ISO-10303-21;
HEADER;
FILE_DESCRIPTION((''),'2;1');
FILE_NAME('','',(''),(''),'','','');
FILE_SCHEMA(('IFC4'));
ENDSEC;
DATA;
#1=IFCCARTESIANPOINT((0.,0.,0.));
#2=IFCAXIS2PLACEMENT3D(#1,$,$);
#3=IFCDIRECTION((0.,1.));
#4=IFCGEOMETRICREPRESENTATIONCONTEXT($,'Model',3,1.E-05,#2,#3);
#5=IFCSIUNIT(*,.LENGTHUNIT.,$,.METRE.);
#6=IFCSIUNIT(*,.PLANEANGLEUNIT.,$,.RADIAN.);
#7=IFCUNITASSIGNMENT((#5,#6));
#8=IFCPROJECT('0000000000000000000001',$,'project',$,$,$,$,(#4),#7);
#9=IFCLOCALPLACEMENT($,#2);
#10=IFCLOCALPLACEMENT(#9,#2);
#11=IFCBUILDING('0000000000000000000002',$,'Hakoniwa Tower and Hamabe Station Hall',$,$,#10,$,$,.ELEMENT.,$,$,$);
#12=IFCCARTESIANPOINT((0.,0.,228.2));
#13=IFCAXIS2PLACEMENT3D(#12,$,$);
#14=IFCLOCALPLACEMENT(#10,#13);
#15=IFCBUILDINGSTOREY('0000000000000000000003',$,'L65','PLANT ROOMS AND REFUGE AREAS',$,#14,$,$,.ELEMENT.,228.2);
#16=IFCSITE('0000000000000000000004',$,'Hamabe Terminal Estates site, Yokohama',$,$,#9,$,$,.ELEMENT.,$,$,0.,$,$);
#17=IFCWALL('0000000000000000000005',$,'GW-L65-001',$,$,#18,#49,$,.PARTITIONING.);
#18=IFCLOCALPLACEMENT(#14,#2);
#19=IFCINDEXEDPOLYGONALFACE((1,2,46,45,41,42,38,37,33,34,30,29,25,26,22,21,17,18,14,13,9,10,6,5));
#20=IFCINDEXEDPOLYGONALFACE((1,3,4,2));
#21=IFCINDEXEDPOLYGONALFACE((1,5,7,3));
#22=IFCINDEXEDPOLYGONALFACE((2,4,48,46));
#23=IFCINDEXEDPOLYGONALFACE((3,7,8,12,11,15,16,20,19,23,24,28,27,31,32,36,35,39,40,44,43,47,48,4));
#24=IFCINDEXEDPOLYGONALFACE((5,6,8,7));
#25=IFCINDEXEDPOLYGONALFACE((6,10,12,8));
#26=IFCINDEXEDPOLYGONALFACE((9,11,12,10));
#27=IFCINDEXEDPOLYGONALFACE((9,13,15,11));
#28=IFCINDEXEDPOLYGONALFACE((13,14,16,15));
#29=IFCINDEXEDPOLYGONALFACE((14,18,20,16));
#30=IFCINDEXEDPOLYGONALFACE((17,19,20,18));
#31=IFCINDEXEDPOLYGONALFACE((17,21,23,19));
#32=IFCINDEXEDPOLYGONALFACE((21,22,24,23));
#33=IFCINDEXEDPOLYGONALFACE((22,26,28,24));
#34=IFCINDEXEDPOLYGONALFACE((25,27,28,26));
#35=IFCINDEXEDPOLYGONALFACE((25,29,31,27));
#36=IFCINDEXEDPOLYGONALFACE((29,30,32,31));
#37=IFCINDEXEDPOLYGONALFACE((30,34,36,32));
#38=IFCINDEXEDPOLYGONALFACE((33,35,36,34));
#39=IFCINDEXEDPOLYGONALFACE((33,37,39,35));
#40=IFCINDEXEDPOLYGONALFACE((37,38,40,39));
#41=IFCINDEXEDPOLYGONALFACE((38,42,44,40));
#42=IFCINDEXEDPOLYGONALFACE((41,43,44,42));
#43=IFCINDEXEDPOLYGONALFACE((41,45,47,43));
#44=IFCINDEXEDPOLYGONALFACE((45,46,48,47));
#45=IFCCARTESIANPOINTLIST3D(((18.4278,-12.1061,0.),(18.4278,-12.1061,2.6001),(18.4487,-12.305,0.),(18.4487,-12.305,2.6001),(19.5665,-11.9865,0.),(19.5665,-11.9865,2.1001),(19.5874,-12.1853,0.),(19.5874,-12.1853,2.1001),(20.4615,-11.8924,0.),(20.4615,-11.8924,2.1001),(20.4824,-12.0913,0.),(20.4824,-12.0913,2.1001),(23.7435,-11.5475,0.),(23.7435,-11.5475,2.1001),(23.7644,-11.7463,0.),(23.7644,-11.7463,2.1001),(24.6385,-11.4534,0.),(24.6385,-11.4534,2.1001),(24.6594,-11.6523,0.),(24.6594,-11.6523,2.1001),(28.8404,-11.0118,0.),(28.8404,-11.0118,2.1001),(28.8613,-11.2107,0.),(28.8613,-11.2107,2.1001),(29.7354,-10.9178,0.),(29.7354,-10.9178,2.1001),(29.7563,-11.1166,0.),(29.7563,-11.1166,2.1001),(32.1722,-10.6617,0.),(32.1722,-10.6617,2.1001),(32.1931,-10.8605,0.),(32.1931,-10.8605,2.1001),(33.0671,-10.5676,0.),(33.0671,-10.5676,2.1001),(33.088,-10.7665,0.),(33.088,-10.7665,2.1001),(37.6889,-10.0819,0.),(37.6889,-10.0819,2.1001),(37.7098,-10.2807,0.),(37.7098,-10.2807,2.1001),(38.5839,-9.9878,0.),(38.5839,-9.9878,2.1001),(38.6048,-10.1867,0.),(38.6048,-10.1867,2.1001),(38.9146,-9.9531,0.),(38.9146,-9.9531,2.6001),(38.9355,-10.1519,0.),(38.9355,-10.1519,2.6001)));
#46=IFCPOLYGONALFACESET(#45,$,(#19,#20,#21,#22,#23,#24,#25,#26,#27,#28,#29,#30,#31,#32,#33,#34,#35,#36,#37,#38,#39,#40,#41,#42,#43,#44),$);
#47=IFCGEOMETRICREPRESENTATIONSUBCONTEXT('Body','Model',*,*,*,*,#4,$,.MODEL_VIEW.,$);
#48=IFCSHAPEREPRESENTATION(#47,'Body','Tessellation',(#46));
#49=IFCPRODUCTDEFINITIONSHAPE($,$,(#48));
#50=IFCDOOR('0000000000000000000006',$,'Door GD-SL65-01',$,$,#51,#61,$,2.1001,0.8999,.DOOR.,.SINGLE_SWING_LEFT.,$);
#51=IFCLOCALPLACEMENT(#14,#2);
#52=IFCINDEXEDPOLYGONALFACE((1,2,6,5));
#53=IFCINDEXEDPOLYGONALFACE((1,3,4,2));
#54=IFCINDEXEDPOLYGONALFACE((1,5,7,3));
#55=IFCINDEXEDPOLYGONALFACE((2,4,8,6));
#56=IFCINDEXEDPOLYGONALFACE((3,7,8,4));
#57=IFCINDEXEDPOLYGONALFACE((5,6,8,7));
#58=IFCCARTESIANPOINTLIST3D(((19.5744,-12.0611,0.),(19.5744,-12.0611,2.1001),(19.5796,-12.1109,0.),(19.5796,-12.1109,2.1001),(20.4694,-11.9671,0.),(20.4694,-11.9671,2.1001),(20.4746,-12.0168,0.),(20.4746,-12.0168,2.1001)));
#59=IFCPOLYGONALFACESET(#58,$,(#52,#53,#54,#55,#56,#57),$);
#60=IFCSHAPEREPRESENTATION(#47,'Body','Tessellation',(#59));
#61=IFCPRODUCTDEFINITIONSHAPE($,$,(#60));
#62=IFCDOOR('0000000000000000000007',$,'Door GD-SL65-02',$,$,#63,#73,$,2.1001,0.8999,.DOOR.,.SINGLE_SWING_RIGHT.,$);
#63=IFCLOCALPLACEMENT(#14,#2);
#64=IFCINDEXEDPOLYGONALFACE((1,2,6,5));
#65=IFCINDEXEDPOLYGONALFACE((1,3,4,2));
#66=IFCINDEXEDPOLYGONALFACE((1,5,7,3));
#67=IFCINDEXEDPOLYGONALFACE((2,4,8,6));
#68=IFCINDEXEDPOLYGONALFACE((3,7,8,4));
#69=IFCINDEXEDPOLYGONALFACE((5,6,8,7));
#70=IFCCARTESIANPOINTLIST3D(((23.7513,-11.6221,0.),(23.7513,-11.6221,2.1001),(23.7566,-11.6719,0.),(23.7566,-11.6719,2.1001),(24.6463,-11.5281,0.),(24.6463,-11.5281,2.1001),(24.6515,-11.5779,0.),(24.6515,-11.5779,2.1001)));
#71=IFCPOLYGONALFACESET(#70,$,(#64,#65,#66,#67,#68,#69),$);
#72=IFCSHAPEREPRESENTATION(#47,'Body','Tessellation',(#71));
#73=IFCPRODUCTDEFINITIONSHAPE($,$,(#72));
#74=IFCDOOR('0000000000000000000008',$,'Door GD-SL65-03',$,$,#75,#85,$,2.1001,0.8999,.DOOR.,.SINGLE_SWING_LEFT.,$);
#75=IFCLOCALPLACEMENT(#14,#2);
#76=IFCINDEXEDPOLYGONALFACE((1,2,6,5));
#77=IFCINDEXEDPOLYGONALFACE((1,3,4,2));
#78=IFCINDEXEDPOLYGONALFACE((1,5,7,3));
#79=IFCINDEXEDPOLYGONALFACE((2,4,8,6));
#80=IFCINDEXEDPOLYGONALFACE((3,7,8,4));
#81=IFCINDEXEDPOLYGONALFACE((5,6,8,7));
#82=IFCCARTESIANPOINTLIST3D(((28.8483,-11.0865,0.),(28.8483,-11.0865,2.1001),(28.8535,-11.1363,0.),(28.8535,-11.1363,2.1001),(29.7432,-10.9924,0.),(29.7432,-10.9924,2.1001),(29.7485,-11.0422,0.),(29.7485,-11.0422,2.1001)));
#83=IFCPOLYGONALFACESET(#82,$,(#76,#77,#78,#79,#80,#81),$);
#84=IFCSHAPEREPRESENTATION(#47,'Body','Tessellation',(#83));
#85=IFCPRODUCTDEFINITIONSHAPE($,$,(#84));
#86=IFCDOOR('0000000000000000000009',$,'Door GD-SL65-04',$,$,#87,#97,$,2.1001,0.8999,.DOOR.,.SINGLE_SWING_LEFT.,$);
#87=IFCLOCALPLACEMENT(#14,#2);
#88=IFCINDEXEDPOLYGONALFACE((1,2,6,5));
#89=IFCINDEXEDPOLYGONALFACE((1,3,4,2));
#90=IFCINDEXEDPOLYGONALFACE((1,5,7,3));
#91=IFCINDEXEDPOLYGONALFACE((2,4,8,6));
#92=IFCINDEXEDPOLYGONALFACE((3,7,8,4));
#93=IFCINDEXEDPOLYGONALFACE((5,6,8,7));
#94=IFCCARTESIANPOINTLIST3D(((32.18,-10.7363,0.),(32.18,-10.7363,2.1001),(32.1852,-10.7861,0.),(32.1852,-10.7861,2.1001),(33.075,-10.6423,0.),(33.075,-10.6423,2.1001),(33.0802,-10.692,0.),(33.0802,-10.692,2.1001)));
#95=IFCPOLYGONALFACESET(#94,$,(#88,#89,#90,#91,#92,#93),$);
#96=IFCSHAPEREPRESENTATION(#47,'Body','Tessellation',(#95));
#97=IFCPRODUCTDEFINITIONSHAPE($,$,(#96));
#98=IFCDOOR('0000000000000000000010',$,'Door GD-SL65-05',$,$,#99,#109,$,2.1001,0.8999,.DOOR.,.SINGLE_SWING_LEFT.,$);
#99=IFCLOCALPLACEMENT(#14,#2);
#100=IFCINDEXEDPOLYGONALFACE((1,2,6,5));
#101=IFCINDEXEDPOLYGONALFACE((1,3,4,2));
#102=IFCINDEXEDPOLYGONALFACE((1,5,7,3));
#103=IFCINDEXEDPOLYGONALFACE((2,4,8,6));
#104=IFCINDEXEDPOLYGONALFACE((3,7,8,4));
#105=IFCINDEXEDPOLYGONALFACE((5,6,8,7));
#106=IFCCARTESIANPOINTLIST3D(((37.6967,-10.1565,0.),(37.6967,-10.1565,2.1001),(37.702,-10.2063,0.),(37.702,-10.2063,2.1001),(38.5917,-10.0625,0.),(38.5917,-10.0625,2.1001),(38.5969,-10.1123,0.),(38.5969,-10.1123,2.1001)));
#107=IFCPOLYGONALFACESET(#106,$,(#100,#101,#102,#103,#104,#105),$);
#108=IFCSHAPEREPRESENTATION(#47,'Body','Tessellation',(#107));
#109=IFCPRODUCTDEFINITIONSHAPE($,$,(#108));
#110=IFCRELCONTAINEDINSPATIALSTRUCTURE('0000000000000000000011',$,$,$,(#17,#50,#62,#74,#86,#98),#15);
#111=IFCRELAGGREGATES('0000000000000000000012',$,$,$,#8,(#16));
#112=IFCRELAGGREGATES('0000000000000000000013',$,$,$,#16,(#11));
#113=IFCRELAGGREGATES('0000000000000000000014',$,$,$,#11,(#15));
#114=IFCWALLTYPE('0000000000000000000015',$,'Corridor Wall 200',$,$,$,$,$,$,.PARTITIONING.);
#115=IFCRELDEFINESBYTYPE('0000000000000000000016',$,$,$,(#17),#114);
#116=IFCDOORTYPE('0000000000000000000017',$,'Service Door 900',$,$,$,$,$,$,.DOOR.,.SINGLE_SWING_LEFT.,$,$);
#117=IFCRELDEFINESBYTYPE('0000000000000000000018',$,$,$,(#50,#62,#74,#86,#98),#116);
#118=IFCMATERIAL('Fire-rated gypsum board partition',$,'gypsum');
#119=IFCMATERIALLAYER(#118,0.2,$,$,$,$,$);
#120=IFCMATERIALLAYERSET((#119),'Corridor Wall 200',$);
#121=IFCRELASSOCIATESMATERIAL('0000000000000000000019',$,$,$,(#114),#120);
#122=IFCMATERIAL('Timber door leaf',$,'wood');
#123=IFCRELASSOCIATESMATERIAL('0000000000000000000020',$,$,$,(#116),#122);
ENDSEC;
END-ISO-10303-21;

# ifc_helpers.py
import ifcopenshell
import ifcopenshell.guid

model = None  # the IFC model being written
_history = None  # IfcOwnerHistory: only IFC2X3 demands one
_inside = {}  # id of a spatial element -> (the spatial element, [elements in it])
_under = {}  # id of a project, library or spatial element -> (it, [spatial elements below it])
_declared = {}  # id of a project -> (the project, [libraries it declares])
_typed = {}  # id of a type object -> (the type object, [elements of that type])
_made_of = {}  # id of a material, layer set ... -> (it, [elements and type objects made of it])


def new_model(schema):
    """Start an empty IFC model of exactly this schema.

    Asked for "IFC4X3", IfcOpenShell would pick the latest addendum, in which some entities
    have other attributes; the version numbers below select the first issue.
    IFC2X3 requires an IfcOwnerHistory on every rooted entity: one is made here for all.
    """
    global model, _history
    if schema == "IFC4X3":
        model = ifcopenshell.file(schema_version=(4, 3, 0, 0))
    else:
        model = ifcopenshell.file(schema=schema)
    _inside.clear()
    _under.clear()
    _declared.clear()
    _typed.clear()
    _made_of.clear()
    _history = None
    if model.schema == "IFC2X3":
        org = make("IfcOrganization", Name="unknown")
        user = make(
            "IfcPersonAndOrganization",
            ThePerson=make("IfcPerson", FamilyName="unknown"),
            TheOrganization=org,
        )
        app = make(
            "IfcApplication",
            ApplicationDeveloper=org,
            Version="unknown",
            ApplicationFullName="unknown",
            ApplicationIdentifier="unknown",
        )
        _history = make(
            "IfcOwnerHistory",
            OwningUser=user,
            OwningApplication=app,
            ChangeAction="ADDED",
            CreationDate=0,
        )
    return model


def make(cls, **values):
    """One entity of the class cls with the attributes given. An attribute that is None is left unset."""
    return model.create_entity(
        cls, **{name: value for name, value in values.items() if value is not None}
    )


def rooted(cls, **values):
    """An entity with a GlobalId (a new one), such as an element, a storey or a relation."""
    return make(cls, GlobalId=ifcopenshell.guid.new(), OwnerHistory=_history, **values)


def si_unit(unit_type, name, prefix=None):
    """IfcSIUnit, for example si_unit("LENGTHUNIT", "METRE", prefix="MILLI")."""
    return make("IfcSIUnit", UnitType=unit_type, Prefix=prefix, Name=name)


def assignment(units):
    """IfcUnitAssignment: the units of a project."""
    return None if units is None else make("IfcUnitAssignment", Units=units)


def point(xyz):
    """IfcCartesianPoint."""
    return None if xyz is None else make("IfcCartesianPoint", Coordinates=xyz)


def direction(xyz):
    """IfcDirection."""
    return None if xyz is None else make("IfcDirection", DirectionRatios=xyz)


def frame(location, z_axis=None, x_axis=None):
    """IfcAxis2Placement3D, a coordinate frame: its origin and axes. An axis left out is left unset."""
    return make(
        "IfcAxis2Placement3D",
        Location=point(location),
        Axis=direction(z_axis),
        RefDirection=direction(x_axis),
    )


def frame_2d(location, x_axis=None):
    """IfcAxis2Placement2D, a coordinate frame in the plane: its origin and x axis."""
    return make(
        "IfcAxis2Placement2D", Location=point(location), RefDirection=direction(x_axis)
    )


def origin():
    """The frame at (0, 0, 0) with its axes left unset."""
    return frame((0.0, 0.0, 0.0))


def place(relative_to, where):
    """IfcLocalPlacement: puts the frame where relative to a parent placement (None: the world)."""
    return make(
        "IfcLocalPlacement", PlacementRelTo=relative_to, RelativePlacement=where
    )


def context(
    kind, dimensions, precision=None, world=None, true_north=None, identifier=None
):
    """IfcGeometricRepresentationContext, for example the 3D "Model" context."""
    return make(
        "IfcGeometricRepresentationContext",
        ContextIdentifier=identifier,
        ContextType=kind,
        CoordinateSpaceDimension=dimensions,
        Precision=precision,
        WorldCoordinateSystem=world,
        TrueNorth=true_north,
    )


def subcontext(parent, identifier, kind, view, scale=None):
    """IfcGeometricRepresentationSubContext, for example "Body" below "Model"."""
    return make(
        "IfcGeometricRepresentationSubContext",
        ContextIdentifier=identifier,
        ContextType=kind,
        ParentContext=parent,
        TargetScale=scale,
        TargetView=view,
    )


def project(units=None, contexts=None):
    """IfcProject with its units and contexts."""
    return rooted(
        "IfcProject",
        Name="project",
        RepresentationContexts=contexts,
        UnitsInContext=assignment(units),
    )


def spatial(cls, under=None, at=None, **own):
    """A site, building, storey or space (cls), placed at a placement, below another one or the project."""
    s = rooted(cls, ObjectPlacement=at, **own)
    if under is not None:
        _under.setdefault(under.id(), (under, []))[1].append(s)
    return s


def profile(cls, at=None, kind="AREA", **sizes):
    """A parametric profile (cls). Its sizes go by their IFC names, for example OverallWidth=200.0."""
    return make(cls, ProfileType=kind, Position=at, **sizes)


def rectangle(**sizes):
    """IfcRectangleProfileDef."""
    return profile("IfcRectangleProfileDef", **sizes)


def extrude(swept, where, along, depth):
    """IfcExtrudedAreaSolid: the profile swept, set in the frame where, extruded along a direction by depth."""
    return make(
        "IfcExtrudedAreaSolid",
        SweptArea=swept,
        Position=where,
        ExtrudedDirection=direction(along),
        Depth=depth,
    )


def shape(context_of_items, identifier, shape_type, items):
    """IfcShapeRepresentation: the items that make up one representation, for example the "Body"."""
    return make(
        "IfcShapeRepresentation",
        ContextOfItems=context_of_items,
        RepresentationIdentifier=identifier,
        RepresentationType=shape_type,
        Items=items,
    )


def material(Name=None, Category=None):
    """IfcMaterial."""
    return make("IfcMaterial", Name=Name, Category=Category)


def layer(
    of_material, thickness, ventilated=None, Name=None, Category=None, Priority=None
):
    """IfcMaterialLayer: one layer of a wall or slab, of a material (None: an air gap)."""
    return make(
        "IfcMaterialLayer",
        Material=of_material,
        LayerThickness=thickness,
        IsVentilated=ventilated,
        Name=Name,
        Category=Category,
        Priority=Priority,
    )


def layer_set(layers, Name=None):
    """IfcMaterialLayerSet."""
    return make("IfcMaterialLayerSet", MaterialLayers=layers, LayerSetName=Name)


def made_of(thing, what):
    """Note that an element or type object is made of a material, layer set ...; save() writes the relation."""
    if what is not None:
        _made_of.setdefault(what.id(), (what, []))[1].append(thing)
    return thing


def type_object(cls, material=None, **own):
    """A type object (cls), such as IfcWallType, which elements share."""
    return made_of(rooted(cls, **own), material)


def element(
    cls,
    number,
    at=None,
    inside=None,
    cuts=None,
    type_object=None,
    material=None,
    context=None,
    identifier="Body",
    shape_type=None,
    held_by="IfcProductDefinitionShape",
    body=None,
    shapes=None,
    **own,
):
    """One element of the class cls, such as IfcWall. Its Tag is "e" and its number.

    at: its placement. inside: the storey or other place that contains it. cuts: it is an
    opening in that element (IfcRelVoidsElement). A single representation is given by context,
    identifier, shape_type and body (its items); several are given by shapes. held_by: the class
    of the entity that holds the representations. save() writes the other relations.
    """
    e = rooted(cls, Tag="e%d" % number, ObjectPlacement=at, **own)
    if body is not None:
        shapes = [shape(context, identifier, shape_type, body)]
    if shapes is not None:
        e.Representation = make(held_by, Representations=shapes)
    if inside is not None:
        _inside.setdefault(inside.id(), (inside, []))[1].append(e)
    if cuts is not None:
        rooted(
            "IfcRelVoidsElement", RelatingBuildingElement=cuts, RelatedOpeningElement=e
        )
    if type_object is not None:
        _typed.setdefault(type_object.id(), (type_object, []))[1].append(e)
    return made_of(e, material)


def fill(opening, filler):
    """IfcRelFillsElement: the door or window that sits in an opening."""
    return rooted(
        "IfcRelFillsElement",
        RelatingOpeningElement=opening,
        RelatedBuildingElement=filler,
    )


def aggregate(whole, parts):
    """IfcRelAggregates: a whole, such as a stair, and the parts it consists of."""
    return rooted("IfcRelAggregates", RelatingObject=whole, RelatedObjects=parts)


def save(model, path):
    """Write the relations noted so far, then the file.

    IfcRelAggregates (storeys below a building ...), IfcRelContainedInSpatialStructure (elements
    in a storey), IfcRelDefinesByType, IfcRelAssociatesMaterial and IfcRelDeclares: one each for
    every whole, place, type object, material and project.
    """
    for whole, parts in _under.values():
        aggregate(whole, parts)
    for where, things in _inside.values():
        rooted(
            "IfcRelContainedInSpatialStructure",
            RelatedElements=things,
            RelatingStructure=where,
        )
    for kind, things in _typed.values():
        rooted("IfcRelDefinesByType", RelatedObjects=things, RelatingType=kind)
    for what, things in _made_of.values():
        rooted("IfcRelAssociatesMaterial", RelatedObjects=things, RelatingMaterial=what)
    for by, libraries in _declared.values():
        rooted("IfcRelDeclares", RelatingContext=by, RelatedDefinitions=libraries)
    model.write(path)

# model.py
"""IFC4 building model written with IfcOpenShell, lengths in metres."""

from ifc_helpers import new_model, si_unit, direction, frame, frame_2d, origin, place, context, subcontext, project, spatial, rectangle, extrude, material, layer, layer_set, type_object, element, fill, save


model = new_model("IFC4")

# Units and contexts
model_context = context("Model", 3, precision=1e-05, world=origin(), true_north=direction((0.0, 1.0)))
body_context = subcontext(model_context, "Body", "Model", "MODEL_VIEW")
ifc_project = project(units=[si_unit("LENGTHUNIT", "METRE"), si_unit("PLANEANGLEUNIT", "RADIAN")], contexts=[model_context])

# Site, building, storey
site_placement = place(None, origin())
site = spatial("IfcSite", under=ifc_project, at=site_placement, Name="Hamabe Terminal Estates site, Yokohama", CompositionType="ELEMENT", RefElevation=0.0)
building_placement = place(site_placement, origin())
building = spatial("IfcBuilding", under=site, at=building_placement, Name="Hakoniwa Tower and Hamabe Station Hall", CompositionType="ELEMENT")
storey_placement = place(building_placement, frame((0.0, 0.0, 228.2)))
storey = spatial("IfcBuildingStorey", under=building, at=storey_placement, Name="L65", Description="PLANT ROOMS AND REFUGE AREAS", CompositionType="ELEMENT", Elevation=228.2)

# Wall, openings, doors
ifc_material_1 = material(Name="Fire-rated gypsum board partition", Category="gypsum")
ifc_layer_1 = layer(ifc_material_1, 0.2)
ifc_layer_set_1 = layer_set([ifc_layer_1], Name="Corridor Wall 200")
wall_type_1 = type_object("IfcWallType", Name="Corridor Wall 200", PredefinedType="PARTITIONING", material=ifc_layer_set_1)
wall_1_placement = place(storey_placement, frame((18.4382, -12.2056, 0.0), z_axis=(0.0, 0.0, 1.0), x_axis=(0.994523, 0.10452, 0.0)))
wall_1 = element("IfcWall", 1, at=wall_1_placement, inside=storey, type_object=wall_type_1, Name="GW-L65-001", PredefinedType="PARTITIONING", context=body_context, shape_type="SweptSolid", body=[
    extrude(rectangle(XDim=20.5996, YDim=0.2, at=frame_2d((10.2998, 0.0))), origin(), (0.0, 0.0, 1.0), 2.6001),
])
opening_1_placement = place(wall_1_placement, frame((1.145, 0.0, 0.0)))
opening_1 = element("IfcOpeningElement", 2, at=opening_1_placement, cuts=wall_1, PredefinedType="OPENING", context=body_context, shape_type="SweptSolid", body=[
    extrude(rectangle(XDim=0.8999, YDim=2.1001, at=frame_2d((0.45, 1.05))), frame((0.0, 0.1099, 0.0), z_axis=(0.0, -1.0, 0.0), x_axis=(1.0, 0.0, 0.0)), (0.0, 0.0, 1.0), 0.22),
])
opening_2_placement = place(wall_1_placement, frame((5.345, 0.0, 0.0)))
opening_2 = element("IfcOpeningElement", 3, at=opening_2_placement, cuts=wall_1, PredefinedType="OPENING", context=body_context, shape_type="SweptSolid", body=[
    extrude(rectangle(XDim=0.8999, YDim=2.1001, at=frame_2d((0.45, 1.05))), frame((0.0, 0.1099, 0.0), z_axis=(0.0, -1.0, 0.0), x_axis=(1.0, 0.0, 0.0)), (0.0, 0.0, 1.0), 0.22),
])
opening_3_placement = place(wall_1_placement, frame((10.47, 0.0, 0.0)))
opening_3 = element("IfcOpeningElement", 4, at=opening_3_placement, cuts=wall_1, PredefinedType="OPENING", context=body_context, shape_type="SweptSolid", body=[
    extrude(rectangle(XDim=0.8999, YDim=2.1001, at=frame_2d((0.45, 1.05))), frame((0.0, 0.1099, 0.0), z_axis=(0.0, -1.0, 0.0), x_axis=(1.0, 0.0, 0.0)), (0.0, 0.0, 1.0), 0.22),
])
opening_4_placement = place(wall_1_placement, frame((13.8201, 0.0, 0.0)))
opening_4 = element("IfcOpeningElement", 5, at=opening_4_placement, cuts=wall_1, PredefinedType="OPENING", context=body_context, shape_type="SweptSolid", body=[
    extrude(rectangle(XDim=0.8999, YDim=2.1001, at=frame_2d((0.45, 1.05))), frame((0.0, 0.1099, 0.0), z_axis=(0.0, -1.0, 0.0), x_axis=(1.0, 0.0, 0.0)), (0.0, 0.0, 1.0), 0.22),
])
opening_5_placement = place(wall_1_placement, frame((19.3672, 0.0, 0.0)))
opening_5 = element("IfcOpeningElement", 6, at=opening_5_placement, cuts=wall_1, PredefinedType="OPENING", context=body_context, shape_type="SweptSolid", body=[
    extrude(rectangle(XDim=0.8999, YDim=2.1001, at=frame_2d((0.45, 1.05))), frame((0.0, 0.1099, 0.0), z_axis=(0.0, -1.0, 0.0), x_axis=(1.0, 0.0, 0.0)), (0.0, 0.0, 1.0), 0.22),
])
ifc_material_2 = material(Name="Timber door leaf", Category="wood")
door_type_1 = type_object("IfcDoorType", Name="Service Door 900", OperationType="SINGLE_SWING_LEFT", PredefinedType="DOOR", material=ifc_material_2)
door_1_placement = place(opening_1_placement, origin())
door_1 = element("IfcDoor", 7, at=door_1_placement, inside=storey, type_object=door_type_1, Name="Door GD-SL65-01", OperationType="SINGLE_SWING_LEFT", OverallHeight=2.1001, OverallWidth=0.8999, PredefinedType="DOOR", context=body_context, shape_type="SweptSolid", body=[
    extrude(rectangle(XDim=0.8999, YDim=2.1001, at=frame_2d((0.45, 1.05))), frame((0.0, 0.0249, 0.0), z_axis=(0.0, -1.0, 0.0), x_axis=(1.0, 0.0, 0.0)), (0.0, 0.0, 1.0), 0.05),
])
fill(opening_1, door_1)
door_2_placement = place(opening_2_placement, origin())
door_2 = element("IfcDoor", 8, at=door_2_placement, inside=storey, type_object=door_type_1, Name="Door GD-SL65-02", OperationType="SINGLE_SWING_RIGHT", OverallHeight=2.1001, OverallWidth=0.8999, PredefinedType="DOOR", context=body_context, shape_type="SweptSolid", body=[
    extrude(rectangle(XDim=0.8999, YDim=2.1001, at=frame_2d((0.45, 1.05))), frame((0.0, 0.0249, 0.0), z_axis=(0.0, -1.0, 0.0), x_axis=(1.0, 0.0, 0.0)), (0.0, 0.0, 1.0), 0.05),
])
fill(opening_2, door_2)
door_3_placement = place(opening_3_placement, origin())
door_3 = element("IfcDoor", 9, at=door_3_placement, inside=storey, type_object=door_type_1, Name="Door GD-SL65-03", OperationType="SINGLE_SWING_LEFT", OverallHeight=2.1001, OverallWidth=0.8999, PredefinedType="DOOR", context=body_context, shape_type="SweptSolid", body=[
    extrude(rectangle(XDim=0.8999, YDim=2.1001, at=frame_2d((0.45, 1.05))), frame((0.0, 0.0249, 0.0), z_axis=(0.0, -1.0, 0.0), x_axis=(1.0, 0.0, 0.0)), (0.0, 0.0, 1.0), 0.05),
])
fill(opening_3, door_3)
door_4_placement = place(opening_4_placement, origin())
door_4 = element("IfcDoor", 10, at=door_4_placement, inside=storey, type_object=door_type_1, Name="Door GD-SL65-04", OperationType="SINGLE_SWING_LEFT", OverallHeight=2.1001, OverallWidth=0.8999, PredefinedType="DOOR", context=body_context, shape_type="SweptSolid", body=[
    extrude(rectangle(XDim=0.8999, YDim=2.1001, at=frame_2d((0.45, 1.05))), frame((0.0, 0.0249, 0.0), z_axis=(0.0, -1.0, 0.0), x_axis=(1.0, 0.0, 0.0)), (0.0, 0.0, 1.0), 0.05),
])
fill(opening_4, door_4)
door_5_placement = place(opening_5_placement, origin())
door_5 = element("IfcDoor", 11, at=door_5_placement, inside=storey, type_object=door_type_1, Name="Door GD-SL65-05", OperationType="SINGLE_SWING_LEFT", OverallHeight=2.1001, OverallWidth=0.8999, PredefinedType="DOOR", context=body_context, shape_type="SweptSolid", body=[
    extrude(rectangle(XDim=0.8999, YDim=2.1001, at=frame_2d((0.45, 1.05))), frame((0.0, 0.0249, 0.0), z_axis=(0.0, -1.0, 0.0), x_axis=(1.0, 0.0, 0.0)), (0.0, 0.0, 1.0), 0.05),
])
fill(opening_5, door_5)

save(model, "model.ifc")
